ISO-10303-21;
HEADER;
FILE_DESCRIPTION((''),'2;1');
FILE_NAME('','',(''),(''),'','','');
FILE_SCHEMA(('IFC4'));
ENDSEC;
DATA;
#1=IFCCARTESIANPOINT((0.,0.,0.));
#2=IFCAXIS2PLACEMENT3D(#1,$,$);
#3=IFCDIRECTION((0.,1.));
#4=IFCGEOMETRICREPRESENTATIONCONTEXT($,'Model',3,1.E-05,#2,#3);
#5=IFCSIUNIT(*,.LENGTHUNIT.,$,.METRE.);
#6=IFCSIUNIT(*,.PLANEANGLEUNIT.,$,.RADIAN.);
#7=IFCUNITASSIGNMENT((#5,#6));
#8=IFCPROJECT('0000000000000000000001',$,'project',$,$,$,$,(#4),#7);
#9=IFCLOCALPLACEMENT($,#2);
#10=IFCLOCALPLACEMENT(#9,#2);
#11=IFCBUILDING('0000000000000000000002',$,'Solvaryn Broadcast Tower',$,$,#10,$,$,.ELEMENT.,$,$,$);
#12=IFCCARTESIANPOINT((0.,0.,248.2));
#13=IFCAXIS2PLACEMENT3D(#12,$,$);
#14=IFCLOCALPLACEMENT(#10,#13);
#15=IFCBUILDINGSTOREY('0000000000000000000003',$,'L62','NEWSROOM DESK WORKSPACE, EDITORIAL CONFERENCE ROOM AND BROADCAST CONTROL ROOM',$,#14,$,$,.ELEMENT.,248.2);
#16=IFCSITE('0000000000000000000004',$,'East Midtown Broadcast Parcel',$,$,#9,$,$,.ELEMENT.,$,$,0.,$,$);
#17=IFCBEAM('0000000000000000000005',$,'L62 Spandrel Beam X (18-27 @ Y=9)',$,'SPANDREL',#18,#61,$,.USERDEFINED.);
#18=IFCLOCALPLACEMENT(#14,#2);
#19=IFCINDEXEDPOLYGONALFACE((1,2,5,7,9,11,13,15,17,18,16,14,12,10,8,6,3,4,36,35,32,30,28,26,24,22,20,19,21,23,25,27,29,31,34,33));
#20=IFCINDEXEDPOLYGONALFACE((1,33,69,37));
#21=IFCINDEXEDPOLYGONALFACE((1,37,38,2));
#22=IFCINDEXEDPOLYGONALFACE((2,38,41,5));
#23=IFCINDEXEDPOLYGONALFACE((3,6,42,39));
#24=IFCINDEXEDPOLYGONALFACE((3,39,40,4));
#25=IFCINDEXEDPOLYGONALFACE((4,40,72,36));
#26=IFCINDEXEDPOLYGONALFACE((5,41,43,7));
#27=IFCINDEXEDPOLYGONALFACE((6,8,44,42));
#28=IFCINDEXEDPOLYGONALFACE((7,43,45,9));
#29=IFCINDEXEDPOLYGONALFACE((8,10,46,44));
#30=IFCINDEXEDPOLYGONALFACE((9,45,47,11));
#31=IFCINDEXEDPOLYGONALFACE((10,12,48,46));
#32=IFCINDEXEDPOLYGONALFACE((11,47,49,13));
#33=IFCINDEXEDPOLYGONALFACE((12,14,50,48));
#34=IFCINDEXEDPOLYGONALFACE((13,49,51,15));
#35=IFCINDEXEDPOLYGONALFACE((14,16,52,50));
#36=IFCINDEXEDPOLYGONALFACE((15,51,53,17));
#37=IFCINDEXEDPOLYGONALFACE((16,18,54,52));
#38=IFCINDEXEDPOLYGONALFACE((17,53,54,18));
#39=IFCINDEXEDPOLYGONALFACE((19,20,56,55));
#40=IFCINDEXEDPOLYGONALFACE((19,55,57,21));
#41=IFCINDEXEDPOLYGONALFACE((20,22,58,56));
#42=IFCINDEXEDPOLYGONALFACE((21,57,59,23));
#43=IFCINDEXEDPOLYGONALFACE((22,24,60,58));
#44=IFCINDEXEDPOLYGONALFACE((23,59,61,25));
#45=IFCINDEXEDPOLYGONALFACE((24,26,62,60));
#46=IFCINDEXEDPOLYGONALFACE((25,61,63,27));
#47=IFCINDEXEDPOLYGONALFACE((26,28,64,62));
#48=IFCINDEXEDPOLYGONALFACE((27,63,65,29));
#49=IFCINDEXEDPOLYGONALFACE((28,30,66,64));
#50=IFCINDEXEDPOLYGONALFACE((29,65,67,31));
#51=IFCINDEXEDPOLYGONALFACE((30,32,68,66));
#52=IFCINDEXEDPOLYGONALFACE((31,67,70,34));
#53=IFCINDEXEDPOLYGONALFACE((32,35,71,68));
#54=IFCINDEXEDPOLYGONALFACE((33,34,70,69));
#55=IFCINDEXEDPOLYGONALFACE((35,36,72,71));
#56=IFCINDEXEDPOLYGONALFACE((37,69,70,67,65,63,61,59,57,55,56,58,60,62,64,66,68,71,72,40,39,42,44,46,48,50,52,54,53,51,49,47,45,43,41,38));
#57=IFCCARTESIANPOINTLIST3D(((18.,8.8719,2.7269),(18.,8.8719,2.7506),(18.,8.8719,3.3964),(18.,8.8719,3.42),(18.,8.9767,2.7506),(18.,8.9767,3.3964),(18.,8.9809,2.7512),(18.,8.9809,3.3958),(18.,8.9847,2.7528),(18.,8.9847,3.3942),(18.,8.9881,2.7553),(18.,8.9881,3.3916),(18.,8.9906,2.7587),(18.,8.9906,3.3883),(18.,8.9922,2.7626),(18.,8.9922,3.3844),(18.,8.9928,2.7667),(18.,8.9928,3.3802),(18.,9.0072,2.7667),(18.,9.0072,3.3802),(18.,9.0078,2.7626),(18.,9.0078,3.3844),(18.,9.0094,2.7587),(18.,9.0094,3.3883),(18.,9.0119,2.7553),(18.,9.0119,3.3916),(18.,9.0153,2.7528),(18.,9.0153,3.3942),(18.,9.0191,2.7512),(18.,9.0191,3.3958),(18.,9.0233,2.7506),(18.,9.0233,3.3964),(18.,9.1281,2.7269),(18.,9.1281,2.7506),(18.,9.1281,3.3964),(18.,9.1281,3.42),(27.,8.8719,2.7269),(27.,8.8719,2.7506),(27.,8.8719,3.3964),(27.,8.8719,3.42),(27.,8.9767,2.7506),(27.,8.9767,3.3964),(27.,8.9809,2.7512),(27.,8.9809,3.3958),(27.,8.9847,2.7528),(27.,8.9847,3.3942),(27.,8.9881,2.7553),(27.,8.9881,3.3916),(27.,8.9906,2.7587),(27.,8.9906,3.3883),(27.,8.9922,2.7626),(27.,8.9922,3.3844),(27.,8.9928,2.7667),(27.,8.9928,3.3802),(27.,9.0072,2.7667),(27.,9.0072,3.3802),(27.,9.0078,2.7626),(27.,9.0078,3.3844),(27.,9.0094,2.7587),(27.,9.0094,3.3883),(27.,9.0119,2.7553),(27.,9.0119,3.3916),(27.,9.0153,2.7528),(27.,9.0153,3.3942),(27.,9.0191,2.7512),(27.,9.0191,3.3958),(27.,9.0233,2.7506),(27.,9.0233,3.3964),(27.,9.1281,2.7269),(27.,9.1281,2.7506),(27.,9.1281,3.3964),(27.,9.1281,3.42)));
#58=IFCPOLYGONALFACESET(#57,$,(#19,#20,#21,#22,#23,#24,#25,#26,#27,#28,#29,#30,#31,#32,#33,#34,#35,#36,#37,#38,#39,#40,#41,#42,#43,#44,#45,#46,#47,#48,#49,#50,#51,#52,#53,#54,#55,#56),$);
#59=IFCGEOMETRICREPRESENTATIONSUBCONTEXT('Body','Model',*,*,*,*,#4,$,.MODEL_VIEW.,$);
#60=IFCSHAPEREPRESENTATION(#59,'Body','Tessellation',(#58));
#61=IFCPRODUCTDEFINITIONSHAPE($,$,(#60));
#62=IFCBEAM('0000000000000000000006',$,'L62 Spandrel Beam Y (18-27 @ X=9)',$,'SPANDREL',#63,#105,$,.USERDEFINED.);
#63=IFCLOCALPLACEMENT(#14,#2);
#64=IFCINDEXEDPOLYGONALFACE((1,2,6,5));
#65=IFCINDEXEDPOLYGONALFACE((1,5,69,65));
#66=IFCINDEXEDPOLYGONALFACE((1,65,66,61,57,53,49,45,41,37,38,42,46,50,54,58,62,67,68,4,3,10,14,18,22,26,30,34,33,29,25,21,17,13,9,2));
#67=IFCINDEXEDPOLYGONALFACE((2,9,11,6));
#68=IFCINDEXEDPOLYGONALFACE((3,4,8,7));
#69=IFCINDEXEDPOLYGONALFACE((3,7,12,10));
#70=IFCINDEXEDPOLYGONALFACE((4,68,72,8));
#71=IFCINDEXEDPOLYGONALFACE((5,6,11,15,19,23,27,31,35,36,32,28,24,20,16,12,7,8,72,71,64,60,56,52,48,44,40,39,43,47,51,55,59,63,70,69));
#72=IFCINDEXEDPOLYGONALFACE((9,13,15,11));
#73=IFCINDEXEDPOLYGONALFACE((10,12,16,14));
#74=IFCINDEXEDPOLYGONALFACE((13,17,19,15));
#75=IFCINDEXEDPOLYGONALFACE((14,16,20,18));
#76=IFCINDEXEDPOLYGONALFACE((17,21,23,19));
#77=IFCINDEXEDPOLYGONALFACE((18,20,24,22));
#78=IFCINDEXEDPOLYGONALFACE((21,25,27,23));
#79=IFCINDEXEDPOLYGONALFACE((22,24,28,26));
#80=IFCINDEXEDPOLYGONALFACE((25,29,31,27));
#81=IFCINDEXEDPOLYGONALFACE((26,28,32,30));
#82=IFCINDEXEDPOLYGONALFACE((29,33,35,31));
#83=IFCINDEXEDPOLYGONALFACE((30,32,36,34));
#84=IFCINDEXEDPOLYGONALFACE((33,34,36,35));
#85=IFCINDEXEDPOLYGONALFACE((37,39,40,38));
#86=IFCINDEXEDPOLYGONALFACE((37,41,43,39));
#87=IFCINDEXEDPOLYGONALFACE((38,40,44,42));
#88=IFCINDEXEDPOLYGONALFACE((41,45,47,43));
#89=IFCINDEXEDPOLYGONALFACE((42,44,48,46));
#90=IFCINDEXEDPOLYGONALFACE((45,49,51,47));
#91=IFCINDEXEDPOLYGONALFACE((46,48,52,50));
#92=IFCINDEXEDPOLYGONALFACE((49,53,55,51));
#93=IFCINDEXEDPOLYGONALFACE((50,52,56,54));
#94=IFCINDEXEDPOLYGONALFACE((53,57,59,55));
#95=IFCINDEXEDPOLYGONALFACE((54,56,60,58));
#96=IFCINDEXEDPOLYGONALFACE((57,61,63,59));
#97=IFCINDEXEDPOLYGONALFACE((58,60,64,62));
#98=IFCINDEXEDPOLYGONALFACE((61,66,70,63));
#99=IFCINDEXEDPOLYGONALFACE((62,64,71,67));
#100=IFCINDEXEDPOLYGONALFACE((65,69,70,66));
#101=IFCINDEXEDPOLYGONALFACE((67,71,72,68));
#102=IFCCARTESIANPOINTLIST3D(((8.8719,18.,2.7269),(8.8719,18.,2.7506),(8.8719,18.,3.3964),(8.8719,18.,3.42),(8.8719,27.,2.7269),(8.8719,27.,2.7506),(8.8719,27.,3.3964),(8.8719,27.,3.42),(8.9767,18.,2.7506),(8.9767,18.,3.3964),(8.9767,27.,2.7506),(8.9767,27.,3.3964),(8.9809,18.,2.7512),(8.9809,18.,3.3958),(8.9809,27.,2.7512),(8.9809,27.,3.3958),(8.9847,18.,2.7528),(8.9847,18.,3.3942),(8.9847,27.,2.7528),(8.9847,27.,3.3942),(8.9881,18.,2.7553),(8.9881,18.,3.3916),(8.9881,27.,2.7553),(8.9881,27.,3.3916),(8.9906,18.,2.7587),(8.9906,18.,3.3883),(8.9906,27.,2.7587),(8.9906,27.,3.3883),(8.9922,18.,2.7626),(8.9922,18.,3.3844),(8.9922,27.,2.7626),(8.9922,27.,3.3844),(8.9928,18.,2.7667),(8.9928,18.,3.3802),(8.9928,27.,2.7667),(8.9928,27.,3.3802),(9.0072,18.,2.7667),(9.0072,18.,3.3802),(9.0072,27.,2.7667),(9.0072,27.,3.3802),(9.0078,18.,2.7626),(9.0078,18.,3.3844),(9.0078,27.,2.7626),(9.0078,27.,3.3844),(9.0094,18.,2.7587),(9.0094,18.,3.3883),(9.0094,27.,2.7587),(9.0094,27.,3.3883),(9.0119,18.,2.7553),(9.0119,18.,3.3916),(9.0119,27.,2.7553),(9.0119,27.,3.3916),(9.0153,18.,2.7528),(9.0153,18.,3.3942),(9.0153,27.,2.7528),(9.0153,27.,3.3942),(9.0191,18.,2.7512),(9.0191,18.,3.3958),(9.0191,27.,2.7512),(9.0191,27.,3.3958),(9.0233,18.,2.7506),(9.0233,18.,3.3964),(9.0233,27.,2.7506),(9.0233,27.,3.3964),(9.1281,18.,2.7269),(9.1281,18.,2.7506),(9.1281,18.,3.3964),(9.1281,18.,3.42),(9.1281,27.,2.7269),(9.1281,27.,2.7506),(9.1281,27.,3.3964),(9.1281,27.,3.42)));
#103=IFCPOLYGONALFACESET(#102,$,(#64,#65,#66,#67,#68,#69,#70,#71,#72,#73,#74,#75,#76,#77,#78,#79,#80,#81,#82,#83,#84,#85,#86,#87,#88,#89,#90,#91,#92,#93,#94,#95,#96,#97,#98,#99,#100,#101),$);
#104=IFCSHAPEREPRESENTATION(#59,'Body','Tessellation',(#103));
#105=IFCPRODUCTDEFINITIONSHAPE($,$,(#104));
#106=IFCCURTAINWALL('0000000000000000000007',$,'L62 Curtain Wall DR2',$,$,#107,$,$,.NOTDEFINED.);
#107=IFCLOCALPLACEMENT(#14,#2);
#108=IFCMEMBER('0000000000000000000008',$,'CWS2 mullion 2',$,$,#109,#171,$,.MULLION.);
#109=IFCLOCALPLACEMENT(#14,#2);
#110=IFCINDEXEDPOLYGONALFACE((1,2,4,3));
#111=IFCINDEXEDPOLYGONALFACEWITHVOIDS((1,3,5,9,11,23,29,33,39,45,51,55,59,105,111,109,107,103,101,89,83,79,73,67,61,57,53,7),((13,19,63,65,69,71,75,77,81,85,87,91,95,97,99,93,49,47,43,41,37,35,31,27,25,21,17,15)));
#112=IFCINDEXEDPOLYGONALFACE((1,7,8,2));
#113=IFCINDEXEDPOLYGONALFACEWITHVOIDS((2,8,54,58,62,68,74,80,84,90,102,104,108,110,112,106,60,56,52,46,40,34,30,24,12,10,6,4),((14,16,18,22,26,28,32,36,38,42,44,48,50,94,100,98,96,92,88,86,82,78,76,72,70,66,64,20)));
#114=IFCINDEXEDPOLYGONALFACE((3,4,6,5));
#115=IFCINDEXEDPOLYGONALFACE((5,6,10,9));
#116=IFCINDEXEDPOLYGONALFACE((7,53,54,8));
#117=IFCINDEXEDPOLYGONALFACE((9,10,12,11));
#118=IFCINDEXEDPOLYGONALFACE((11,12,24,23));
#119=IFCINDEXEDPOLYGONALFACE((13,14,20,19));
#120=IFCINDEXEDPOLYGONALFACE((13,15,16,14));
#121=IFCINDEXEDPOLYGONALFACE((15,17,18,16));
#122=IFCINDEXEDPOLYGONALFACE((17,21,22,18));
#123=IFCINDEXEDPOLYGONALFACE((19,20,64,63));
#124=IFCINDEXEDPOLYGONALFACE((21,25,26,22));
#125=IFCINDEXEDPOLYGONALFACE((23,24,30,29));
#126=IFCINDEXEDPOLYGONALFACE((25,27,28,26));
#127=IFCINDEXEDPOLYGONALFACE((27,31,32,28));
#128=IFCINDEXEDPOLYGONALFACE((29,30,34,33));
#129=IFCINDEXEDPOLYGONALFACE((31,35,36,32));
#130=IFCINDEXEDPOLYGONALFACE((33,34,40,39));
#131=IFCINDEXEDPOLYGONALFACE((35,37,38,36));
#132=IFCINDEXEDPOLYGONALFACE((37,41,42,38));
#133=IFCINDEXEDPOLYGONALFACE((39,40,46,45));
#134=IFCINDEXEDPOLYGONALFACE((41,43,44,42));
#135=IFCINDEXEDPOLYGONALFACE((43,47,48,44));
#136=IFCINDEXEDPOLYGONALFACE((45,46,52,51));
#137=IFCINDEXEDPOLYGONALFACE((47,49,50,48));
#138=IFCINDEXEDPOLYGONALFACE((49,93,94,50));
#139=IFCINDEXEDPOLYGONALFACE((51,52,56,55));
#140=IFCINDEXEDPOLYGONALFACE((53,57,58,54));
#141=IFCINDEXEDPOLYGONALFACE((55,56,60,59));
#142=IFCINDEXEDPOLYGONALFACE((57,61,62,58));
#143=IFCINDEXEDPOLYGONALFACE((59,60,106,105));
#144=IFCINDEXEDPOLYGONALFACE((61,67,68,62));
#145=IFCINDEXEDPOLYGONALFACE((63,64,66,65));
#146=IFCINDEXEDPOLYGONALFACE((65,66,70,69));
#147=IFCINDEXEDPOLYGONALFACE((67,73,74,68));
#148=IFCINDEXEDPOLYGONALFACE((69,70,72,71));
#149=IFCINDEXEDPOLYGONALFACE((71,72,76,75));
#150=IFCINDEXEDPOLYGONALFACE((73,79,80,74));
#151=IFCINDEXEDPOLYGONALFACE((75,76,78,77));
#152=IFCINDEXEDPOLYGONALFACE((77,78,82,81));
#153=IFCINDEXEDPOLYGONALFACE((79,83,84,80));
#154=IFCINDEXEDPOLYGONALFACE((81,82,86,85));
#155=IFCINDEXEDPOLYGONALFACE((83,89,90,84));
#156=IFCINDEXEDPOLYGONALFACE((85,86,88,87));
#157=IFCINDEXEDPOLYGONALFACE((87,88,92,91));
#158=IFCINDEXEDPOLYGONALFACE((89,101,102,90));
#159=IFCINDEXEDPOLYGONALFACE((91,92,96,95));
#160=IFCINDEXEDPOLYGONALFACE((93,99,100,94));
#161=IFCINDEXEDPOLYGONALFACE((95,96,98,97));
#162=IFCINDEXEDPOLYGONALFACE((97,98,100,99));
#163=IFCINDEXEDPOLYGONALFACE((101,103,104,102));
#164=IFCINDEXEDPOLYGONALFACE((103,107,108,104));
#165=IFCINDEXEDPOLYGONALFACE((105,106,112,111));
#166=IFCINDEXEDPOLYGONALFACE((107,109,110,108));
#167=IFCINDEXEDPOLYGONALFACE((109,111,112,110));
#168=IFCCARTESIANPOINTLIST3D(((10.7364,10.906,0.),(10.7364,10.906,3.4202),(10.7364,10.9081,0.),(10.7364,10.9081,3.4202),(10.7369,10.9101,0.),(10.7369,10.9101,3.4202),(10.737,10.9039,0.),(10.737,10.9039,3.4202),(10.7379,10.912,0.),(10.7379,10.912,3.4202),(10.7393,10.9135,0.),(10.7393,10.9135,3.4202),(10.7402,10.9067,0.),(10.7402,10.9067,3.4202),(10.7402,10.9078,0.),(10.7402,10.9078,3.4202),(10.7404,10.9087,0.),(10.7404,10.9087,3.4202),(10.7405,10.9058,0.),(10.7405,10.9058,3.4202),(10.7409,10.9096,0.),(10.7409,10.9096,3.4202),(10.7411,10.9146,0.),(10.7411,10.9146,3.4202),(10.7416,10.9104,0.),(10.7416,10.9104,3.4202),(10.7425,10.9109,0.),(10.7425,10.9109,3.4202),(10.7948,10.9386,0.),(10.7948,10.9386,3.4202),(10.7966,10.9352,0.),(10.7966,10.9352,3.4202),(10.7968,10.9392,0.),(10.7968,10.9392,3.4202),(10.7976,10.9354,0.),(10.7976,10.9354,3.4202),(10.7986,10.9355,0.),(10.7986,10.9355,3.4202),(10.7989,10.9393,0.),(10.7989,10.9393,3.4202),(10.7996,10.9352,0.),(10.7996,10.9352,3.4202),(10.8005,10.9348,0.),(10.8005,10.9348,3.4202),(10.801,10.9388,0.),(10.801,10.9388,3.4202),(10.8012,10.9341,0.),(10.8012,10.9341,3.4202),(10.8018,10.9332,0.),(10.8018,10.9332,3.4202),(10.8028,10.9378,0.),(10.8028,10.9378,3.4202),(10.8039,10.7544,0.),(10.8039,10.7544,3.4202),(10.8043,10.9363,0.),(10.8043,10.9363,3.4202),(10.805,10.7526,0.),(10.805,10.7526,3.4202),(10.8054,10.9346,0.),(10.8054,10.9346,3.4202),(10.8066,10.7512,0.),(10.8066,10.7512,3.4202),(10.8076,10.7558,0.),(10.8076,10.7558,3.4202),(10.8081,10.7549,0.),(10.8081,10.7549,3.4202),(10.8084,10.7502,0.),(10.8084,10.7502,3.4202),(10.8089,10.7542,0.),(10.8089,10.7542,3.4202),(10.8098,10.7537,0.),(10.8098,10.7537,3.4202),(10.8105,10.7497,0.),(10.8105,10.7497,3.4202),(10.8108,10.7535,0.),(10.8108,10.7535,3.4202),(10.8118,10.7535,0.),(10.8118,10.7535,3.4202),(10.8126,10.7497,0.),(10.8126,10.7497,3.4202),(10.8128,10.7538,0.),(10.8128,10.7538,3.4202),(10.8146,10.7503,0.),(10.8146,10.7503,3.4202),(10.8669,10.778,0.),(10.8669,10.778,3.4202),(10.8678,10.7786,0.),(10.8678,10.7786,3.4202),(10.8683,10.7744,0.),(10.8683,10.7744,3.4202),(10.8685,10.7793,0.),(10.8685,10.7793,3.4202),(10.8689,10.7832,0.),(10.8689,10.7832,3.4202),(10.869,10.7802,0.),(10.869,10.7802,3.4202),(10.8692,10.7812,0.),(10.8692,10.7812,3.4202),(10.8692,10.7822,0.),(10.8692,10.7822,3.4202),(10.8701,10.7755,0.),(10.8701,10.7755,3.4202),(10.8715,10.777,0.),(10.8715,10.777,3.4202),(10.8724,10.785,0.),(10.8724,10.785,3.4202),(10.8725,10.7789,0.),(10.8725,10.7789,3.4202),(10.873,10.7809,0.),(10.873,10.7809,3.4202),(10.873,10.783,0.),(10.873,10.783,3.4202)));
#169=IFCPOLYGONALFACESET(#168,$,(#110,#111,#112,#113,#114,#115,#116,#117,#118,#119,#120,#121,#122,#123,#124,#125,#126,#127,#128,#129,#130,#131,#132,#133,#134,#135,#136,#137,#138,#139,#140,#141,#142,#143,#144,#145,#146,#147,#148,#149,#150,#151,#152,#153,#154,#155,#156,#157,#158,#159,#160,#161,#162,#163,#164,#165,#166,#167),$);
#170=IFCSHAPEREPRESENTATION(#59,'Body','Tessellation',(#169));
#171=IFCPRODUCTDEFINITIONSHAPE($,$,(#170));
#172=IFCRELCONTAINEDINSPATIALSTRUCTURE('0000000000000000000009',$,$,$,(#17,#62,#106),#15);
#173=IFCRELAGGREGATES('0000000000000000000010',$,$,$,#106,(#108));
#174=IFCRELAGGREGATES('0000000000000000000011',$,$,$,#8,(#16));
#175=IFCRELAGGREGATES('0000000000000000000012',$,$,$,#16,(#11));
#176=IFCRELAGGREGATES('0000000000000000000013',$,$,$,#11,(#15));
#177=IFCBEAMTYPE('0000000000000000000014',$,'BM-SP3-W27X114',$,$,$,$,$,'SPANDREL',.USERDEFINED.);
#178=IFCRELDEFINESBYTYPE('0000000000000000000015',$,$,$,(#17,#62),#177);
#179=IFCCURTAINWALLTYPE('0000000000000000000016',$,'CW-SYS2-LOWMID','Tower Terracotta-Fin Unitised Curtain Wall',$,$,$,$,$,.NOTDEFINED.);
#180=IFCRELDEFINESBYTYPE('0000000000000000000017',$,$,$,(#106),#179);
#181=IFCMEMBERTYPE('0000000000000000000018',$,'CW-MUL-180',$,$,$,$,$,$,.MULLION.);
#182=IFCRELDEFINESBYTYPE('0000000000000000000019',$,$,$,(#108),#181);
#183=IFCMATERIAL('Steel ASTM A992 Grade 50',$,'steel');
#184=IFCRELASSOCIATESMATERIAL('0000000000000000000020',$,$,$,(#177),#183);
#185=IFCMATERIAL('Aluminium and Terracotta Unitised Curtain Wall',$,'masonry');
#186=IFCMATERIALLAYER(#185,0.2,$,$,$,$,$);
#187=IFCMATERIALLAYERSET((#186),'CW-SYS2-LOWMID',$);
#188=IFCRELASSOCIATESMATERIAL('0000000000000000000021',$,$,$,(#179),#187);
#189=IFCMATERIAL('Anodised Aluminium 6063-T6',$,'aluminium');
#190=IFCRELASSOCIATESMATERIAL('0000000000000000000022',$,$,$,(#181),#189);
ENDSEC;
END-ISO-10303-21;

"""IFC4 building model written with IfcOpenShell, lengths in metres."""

from ifc_helpers import new_model, si_unit, direction, frame, origin, origin_2d, place, context, subcontext, project, spatial, hollow_rectangle, i_section, extrude, material, layer, layer_set, material_profile, profile_set, type_object, element, aggregate, save


model = new_model("IFC4")

# Units and contexts
model_context = context("Model", 3, precision=1e-05, world=origin(), true_north=direction((0.0, 1.0)))
body_context = subcontext(model_context, "Body", "Model", "MODEL_VIEW")
ifc_project = project(units=[si_unit("LENGTHUNIT", "METRE"), si_unit("PLANEANGLEUNIT", "RADIAN")], contexts=[model_context])

# Site, building, storey
site_placement = place(None, origin())
site = spatial("IfcSite", under=ifc_project, at=site_placement, Name="East Midtown Broadcast Parcel", CompositionType="ELEMENT", RefElevation=0.0)
building_placement = place(site_placement, origin())
building = spatial("IfcBuilding", under=site, at=building_placement, Name="Solvaryn Broadcast Tower", CompositionType="ELEMENT")
storey_placement = place(building_placement, frame((0.0, 0.0, 248.2)))
storey = spatial("IfcBuildingStorey", under=building, at=storey_placement, Name="L62", Description="NEWSROOM DESK WORKSPACE, EDITORIAL CONFERENCE ROOM AND BROADCAST CONTROL ROOM", CompositionType="ELEMENT", Elevation=248.2)

# Beams
ifc_material_1 = material(Name="Steel ASTM A992 Grade 50", Category="steel")
ifc_material_profile_1 = material_profile(ifc_material_1, i_section(OverallWidth=0.2561, OverallDepth=0.6931, WebThickness=0.0144, FlangeThickness=0.0237, FilletRadius=0.0161, at=origin_2d()))
ifc_profile_set_1 = profile_set([ifc_material_profile_1], Name="Steel ASTM A992 Grade 50")
beam_type_1 = type_object("IfcBeamType", Name="BM-SP3-W27X114", ElementType="SPANDREL", PredefinedType="USERDEFINED", material=ifc_profile_set_1)
for number, where, z_axis, x_axis, name in (
    (1, (18.0, 9.0, 3.0735), (1.0, 0.0, 0.0), (0.0, 1.0, 0.0), "L62 Spandrel Beam X (18-27 @ Y=9)"),
    (2, (9.0, 18.0, 3.0735), (0.0, 1.0, 0.0), (-1.0, 0.0, 0.0), "L62 Spandrel Beam Y (18-27 @ X=9)"),
):
    element("IfcBeam", number, at=place(storey_placement, frame(where, z_axis=z_axis, x_axis=x_axis)), inside=storey, type_object=beam_type_1, Name=name, ObjectType="SPANDREL", PredefinedType="USERDEFINED", context=body_context, shape_type="SweptSolid", body=[
        extrude(i_section(OverallWidth=0.2561, OverallDepth=0.6931, WebThickness=0.0144, FlangeThickness=0.0237, FilletRadius=0.0161, at=origin_2d()), origin(), (0.0, 0.0, 1.0), 9.0),
    ])

# Curtain wall, member
ifc_material_2 = material(Name="Aluminium and Terracotta Unitised Curtain Wall", Category="masonry")
ifc_layer_1 = layer(ifc_material_2, 0.2)
ifc_layer_set_1 = layer_set([ifc_layer_1], Name="CW-SYS2-LOWMID")
curtain_wall_type = type_object("IfcCurtainWallType", Name="CW-SYS2-LOWMID", Description="Tower Terracotta-Fin Unitised Curtain Wall", PredefinedType="NOTDEFINED", material=ifc_layer_set_1)
curtain_wall_1_placement = place(storey_placement, origin())
curtain_wall_1 = element("IfcCurtainWall", 3, at=curtain_wall_1_placement, inside=storey, type_object=curtain_wall_type, Name="L62 Curtain Wall DR2", PredefinedType="NOTDEFINED")
ifc_material_3 = material(Name="Anodised Aluminium 6063-T6", Category="aluminium")
ifc_material_profile_2 = material_profile(ifc_material_3, hollow_rectangle(XDim=0.075, YDim=0.1799, WallThickness=0.0039, InnerFilletRadius=0.0039, OuterFilletRadius=0.0081, at=origin_2d()))
ifc_profile_set_2 = profile_set([ifc_material_profile_2], Name="Anodised Aluminium 6063-T6")
member_type_1 = type_object("IfcMemberType", Name="CW-MUL-180", PredefinedType="MULLION", material=ifc_profile_set_2)
member_1_placement = place(storey_placement, frame((10.8047, 10.8445, 0.0), z_axis=(0.0, 0.0, 1.0), x_axis=(0.912774, 0.408466, 0.0)))
member_1 = element("IfcMember", 4, at=member_1_placement, type_object=member_type_1, Name="CWS2 mullion 2", PredefinedType="MULLION", context=body_context, shape_type="SweptSolid", body=[
    extrude(hollow_rectangle(XDim=0.075, YDim=0.1799, WallThickness=0.0039, InnerFilletRadius=0.0039, OuterFilletRadius=0.0081, at=origin_2d()), origin(), (0.0, 0.0, 1.0), 3.4202),
])
aggregate(curtain_wall_1, [member_1])

save(model, "model.ifc")
